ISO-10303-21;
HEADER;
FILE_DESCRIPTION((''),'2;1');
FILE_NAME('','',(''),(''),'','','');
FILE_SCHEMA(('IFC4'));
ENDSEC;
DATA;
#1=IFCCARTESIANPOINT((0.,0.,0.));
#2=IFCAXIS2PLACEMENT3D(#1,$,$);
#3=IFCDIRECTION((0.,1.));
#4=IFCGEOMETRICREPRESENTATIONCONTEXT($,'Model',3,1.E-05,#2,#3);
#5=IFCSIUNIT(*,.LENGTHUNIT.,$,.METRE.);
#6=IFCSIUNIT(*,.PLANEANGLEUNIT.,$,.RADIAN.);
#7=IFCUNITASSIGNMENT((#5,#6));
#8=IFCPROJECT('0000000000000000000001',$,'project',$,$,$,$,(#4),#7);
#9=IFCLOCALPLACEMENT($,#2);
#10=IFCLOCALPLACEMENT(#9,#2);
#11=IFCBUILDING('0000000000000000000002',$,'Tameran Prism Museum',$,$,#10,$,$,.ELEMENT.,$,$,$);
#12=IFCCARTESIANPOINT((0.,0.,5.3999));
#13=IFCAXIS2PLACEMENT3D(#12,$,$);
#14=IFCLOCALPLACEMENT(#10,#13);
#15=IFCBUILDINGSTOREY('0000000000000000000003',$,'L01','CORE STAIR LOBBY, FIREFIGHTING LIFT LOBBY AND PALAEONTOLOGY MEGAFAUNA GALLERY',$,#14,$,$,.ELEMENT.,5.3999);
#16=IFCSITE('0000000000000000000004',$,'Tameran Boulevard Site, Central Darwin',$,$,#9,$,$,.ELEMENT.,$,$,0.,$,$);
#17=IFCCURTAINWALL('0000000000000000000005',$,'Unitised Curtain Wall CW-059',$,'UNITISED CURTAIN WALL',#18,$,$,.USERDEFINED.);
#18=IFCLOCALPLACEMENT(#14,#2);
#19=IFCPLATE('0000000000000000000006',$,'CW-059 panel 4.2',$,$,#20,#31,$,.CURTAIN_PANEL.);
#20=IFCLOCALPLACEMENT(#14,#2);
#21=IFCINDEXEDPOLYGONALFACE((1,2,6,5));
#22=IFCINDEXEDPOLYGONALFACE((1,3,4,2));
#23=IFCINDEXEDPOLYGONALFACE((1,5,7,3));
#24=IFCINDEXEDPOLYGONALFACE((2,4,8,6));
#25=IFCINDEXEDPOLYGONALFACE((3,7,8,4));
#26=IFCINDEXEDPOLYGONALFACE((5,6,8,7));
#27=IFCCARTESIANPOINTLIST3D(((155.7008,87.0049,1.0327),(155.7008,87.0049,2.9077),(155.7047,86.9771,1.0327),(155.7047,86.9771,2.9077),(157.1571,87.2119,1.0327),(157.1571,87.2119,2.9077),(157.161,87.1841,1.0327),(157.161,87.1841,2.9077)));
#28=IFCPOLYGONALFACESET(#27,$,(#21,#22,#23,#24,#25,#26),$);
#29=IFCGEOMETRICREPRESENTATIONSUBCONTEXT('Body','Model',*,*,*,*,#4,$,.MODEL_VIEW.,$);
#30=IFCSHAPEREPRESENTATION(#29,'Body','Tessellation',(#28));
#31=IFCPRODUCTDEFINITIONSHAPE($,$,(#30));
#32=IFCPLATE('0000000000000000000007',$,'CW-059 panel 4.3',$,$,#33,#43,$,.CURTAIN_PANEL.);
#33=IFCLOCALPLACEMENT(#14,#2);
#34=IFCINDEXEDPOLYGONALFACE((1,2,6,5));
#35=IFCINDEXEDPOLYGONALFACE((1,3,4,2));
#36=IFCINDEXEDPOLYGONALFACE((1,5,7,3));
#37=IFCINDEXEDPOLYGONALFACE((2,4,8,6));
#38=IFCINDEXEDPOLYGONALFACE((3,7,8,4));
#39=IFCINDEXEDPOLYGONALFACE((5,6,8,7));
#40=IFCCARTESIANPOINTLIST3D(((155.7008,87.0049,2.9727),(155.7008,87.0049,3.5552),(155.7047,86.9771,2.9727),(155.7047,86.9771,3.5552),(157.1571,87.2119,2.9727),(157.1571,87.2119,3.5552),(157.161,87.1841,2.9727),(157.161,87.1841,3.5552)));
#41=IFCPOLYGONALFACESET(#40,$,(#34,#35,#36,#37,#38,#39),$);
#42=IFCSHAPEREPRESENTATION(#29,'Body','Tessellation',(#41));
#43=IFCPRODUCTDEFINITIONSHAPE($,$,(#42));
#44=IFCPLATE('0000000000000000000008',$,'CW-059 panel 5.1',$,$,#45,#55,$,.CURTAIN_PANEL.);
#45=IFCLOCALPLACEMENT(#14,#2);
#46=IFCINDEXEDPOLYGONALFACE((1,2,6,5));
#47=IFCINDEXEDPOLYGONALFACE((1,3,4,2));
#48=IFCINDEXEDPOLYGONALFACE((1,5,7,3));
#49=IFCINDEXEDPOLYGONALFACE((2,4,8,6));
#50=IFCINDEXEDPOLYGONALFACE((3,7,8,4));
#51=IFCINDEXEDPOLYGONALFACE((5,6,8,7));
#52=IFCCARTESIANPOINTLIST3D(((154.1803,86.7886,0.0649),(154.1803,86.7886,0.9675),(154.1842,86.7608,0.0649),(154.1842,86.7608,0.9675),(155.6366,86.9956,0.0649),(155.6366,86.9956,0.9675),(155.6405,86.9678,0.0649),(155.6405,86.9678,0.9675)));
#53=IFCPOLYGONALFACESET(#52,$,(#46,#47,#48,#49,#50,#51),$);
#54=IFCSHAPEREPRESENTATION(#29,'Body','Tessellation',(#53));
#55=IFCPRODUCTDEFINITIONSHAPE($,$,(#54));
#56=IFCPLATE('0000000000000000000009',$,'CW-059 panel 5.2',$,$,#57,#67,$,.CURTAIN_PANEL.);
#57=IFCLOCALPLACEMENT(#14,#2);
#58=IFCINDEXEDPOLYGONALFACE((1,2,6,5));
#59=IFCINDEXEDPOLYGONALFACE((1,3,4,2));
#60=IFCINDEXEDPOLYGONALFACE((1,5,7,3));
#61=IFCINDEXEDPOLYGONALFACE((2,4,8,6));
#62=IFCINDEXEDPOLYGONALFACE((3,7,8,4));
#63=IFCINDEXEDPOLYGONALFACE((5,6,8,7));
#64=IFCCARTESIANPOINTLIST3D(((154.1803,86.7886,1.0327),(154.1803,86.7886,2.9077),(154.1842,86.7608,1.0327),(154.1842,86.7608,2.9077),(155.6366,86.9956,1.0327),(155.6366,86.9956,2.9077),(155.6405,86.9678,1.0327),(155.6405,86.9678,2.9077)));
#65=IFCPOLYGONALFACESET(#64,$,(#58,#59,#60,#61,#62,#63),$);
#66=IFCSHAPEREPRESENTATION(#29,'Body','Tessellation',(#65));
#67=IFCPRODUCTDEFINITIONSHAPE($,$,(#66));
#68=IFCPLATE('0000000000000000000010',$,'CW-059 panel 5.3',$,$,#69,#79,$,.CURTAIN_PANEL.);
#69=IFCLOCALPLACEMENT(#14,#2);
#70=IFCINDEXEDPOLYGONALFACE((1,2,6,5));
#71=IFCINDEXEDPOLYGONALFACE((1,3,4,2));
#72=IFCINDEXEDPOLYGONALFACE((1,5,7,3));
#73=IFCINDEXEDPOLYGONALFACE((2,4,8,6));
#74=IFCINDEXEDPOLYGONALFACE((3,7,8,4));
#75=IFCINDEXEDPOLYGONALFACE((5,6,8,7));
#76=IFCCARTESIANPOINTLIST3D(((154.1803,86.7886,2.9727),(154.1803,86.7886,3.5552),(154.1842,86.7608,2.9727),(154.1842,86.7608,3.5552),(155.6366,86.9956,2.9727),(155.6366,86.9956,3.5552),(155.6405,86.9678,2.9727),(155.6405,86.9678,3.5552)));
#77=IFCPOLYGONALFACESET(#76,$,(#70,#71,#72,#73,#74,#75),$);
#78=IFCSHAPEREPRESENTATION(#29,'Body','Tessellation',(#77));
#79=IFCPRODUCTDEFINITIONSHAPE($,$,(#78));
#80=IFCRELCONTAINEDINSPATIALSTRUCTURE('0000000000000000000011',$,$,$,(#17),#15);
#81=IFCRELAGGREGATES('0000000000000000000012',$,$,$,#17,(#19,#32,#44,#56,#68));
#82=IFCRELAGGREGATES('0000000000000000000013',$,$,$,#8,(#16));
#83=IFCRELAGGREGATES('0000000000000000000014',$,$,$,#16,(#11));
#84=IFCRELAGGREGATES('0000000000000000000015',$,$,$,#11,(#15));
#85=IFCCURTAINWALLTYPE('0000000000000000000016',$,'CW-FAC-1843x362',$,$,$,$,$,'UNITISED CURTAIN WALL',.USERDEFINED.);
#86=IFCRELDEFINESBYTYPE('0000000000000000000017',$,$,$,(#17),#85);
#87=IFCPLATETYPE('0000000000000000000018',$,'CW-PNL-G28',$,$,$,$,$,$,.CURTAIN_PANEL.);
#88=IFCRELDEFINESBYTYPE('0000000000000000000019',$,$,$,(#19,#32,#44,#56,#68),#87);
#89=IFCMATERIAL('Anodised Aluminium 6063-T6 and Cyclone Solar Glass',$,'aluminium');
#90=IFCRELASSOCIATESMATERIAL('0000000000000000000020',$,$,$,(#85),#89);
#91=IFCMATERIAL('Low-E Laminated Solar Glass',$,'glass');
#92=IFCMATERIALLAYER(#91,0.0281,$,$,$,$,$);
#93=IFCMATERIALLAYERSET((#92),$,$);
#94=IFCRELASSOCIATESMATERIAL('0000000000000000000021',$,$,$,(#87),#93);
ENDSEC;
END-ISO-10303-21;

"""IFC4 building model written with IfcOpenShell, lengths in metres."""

from ifc_helpers import new_model, si_unit, direction, frame, origin, origin_2d, place, context, subcontext, project, spatial, rectangle, extrude, material, layer, layer_set, type_object, element, aggregate, save


model = new_model("IFC4")

# Units and contexts
model_context = context("Model", 3, precision=1e-05, world=origin(), true_north=direction((0.0, 1.0)))
body_context = subcontext(model_context, "Body", "Model", "MODEL_VIEW")
ifc_project = project(units=[si_unit("LENGTHUNIT", "METRE"), si_unit("PLANEANGLEUNIT", "RADIAN")], contexts=[model_context])

# Site, building, storey
site_placement = place(None, origin())
site = spatial("IfcSite", under=ifc_project, at=site_placement, Name="Tameran Boulevard Site, Central Darwin", CompositionType="ELEMENT", RefElevation=0.0)
building_placement = place(site_placement, origin())
building = spatial("IfcBuilding", under=site, at=building_placement, Name="Tameran Prism Museum", CompositionType="ELEMENT")
storey_placement = place(building_placement, frame((0.0, 0.0, 5.3999)))
storey = spatial("IfcBuildingStorey", under=building, at=storey_placement, Name="L01", Description="CORE STAIR LOBBY, FIREFIGHTING LIFT LOBBY AND PALAEONTOLOGY MEGAFAUNA GALLERY", CompositionType="ELEMENT", Elevation=5.3999)

# Curtain wall, plates
ifc_material_1 = material(Name="Anodised Aluminium 6063-T6 and Cyclone Solar Glass", Category="aluminium")
curtain_wall_type = type_object("IfcCurtainWallType", Name="CW-FAC-1843x362", ElementType="UNITISED CURTAIN WALL", PredefinedType="USERDEFINED", material=ifc_material_1)
curtain_wall_placement = place(storey_placement, origin())
curtain_wall = element("IfcCurtainWall", 1, at=curtain_wall_placement, inside=storey, type_object=curtain_wall_type, Name="Unitised Curtain Wall CW-059", ObjectType="UNITISED CURTAIN WALL", PredefinedType="USERDEFINED")
ifc_material_2 = material(Name="Low-E Laminated Solar Glass", Category="glass")
ifc_layer = layer(ifc_material_2, 0.0281)
ifc_layer_set = layer_set([ifc_layer])
plate_type = type_object("IfcPlateType", Name="CW-PNL-G28", PredefinedType="CURTAIN_PANEL", material=ifc_layer_set)
plate_1_placement = place(storey_placement, frame((156.4309, 87.0945, 1.0327), z_axis=(0.0, 0.0, 1.0), x_axis=(-0.990046, -0.140745, 0.0)))
plate_1 = element("IfcPlate", 2, at=plate_1_placement, type_object=plate_type, Name="CW-059 panel 4.2", PredefinedType="CURTAIN_PANEL", context=body_context, shape_type="SweptSolid", body=[
    extrude(rectangle(XDim=1.4709, YDim=0.0281, at=origin_2d()), origin(), (0.0, 0.0, 1.0), 1.875),
])
plate_2_placement = place(storey_placement, frame((156.4309, 87.0945, 2.9727), z_axis=(0.0, 0.0, 1.0), x_axis=(-0.990046, -0.140745, 0.0)))
plate_2 = element("IfcPlate", 3, at=plate_2_placement, type_object=plate_type, Name="CW-059 panel 4.3", PredefinedType="CURTAIN_PANEL", context=body_context, shape_type="SweptSolid", body=[
    extrude(rectangle(XDim=1.4709, YDim=0.0281, at=origin_2d()), origin(), (0.0, 0.0, 1.0), 0.5825),
])
plate_3_placement = place(storey_placement, frame((154.9104, 86.8782, 0.0649), z_axis=(0.0, 0.0, 1.0), x_axis=(-0.990046, -0.140745, 0.0)))
plate_3 = element("IfcPlate", 4, at=plate_3_placement, type_object=plate_type, Name="CW-059 panel 5.1", PredefinedType="CURTAIN_PANEL", context=body_context, shape_type="SweptSolid", body=[
    extrude(rectangle(XDim=1.4709, YDim=0.0281, at=origin_2d()), origin(), (0.0, 0.0, 1.0), 0.9026),
])
plate_4_placement = place(storey_placement, frame((154.9104, 86.8782, 1.0327), z_axis=(0.0, 0.0, 1.0), x_axis=(-0.990046, -0.140745, 0.0)))
plate_4 = element("IfcPlate", 5, at=plate_4_placement, type_object=plate_type, Name="CW-059 panel 5.2", PredefinedType="CURTAIN_PANEL", context=body_context, shape_type="SweptSolid", body=[
    extrude(rectangle(XDim=1.4709, YDim=0.0281, at=origin_2d()), origin(), (0.0, 0.0, 1.0), 1.875),
])
plate_5_placement = place(storey_placement, frame((154.9104, 86.8782, 2.9727), z_axis=(0.0, 0.0, 1.0), x_axis=(-0.990046, -0.140745, 0.0)))
plate_5 = element("IfcPlate", 6, at=plate_5_placement, type_object=plate_type, Name="CW-059 panel 5.3", PredefinedType="CURTAIN_PANEL", context=body_context, shape_type="SweptSolid", body=[
    extrude(rectangle(XDim=1.4709, YDim=0.0281, at=origin_2d()), origin(), (0.0, 0.0, 1.0), 0.5825),
])
aggregate(curtain_wall, [plate_1, plate_2, plate_3, plate_4, plate_5])

save(model, "model.ifc")
